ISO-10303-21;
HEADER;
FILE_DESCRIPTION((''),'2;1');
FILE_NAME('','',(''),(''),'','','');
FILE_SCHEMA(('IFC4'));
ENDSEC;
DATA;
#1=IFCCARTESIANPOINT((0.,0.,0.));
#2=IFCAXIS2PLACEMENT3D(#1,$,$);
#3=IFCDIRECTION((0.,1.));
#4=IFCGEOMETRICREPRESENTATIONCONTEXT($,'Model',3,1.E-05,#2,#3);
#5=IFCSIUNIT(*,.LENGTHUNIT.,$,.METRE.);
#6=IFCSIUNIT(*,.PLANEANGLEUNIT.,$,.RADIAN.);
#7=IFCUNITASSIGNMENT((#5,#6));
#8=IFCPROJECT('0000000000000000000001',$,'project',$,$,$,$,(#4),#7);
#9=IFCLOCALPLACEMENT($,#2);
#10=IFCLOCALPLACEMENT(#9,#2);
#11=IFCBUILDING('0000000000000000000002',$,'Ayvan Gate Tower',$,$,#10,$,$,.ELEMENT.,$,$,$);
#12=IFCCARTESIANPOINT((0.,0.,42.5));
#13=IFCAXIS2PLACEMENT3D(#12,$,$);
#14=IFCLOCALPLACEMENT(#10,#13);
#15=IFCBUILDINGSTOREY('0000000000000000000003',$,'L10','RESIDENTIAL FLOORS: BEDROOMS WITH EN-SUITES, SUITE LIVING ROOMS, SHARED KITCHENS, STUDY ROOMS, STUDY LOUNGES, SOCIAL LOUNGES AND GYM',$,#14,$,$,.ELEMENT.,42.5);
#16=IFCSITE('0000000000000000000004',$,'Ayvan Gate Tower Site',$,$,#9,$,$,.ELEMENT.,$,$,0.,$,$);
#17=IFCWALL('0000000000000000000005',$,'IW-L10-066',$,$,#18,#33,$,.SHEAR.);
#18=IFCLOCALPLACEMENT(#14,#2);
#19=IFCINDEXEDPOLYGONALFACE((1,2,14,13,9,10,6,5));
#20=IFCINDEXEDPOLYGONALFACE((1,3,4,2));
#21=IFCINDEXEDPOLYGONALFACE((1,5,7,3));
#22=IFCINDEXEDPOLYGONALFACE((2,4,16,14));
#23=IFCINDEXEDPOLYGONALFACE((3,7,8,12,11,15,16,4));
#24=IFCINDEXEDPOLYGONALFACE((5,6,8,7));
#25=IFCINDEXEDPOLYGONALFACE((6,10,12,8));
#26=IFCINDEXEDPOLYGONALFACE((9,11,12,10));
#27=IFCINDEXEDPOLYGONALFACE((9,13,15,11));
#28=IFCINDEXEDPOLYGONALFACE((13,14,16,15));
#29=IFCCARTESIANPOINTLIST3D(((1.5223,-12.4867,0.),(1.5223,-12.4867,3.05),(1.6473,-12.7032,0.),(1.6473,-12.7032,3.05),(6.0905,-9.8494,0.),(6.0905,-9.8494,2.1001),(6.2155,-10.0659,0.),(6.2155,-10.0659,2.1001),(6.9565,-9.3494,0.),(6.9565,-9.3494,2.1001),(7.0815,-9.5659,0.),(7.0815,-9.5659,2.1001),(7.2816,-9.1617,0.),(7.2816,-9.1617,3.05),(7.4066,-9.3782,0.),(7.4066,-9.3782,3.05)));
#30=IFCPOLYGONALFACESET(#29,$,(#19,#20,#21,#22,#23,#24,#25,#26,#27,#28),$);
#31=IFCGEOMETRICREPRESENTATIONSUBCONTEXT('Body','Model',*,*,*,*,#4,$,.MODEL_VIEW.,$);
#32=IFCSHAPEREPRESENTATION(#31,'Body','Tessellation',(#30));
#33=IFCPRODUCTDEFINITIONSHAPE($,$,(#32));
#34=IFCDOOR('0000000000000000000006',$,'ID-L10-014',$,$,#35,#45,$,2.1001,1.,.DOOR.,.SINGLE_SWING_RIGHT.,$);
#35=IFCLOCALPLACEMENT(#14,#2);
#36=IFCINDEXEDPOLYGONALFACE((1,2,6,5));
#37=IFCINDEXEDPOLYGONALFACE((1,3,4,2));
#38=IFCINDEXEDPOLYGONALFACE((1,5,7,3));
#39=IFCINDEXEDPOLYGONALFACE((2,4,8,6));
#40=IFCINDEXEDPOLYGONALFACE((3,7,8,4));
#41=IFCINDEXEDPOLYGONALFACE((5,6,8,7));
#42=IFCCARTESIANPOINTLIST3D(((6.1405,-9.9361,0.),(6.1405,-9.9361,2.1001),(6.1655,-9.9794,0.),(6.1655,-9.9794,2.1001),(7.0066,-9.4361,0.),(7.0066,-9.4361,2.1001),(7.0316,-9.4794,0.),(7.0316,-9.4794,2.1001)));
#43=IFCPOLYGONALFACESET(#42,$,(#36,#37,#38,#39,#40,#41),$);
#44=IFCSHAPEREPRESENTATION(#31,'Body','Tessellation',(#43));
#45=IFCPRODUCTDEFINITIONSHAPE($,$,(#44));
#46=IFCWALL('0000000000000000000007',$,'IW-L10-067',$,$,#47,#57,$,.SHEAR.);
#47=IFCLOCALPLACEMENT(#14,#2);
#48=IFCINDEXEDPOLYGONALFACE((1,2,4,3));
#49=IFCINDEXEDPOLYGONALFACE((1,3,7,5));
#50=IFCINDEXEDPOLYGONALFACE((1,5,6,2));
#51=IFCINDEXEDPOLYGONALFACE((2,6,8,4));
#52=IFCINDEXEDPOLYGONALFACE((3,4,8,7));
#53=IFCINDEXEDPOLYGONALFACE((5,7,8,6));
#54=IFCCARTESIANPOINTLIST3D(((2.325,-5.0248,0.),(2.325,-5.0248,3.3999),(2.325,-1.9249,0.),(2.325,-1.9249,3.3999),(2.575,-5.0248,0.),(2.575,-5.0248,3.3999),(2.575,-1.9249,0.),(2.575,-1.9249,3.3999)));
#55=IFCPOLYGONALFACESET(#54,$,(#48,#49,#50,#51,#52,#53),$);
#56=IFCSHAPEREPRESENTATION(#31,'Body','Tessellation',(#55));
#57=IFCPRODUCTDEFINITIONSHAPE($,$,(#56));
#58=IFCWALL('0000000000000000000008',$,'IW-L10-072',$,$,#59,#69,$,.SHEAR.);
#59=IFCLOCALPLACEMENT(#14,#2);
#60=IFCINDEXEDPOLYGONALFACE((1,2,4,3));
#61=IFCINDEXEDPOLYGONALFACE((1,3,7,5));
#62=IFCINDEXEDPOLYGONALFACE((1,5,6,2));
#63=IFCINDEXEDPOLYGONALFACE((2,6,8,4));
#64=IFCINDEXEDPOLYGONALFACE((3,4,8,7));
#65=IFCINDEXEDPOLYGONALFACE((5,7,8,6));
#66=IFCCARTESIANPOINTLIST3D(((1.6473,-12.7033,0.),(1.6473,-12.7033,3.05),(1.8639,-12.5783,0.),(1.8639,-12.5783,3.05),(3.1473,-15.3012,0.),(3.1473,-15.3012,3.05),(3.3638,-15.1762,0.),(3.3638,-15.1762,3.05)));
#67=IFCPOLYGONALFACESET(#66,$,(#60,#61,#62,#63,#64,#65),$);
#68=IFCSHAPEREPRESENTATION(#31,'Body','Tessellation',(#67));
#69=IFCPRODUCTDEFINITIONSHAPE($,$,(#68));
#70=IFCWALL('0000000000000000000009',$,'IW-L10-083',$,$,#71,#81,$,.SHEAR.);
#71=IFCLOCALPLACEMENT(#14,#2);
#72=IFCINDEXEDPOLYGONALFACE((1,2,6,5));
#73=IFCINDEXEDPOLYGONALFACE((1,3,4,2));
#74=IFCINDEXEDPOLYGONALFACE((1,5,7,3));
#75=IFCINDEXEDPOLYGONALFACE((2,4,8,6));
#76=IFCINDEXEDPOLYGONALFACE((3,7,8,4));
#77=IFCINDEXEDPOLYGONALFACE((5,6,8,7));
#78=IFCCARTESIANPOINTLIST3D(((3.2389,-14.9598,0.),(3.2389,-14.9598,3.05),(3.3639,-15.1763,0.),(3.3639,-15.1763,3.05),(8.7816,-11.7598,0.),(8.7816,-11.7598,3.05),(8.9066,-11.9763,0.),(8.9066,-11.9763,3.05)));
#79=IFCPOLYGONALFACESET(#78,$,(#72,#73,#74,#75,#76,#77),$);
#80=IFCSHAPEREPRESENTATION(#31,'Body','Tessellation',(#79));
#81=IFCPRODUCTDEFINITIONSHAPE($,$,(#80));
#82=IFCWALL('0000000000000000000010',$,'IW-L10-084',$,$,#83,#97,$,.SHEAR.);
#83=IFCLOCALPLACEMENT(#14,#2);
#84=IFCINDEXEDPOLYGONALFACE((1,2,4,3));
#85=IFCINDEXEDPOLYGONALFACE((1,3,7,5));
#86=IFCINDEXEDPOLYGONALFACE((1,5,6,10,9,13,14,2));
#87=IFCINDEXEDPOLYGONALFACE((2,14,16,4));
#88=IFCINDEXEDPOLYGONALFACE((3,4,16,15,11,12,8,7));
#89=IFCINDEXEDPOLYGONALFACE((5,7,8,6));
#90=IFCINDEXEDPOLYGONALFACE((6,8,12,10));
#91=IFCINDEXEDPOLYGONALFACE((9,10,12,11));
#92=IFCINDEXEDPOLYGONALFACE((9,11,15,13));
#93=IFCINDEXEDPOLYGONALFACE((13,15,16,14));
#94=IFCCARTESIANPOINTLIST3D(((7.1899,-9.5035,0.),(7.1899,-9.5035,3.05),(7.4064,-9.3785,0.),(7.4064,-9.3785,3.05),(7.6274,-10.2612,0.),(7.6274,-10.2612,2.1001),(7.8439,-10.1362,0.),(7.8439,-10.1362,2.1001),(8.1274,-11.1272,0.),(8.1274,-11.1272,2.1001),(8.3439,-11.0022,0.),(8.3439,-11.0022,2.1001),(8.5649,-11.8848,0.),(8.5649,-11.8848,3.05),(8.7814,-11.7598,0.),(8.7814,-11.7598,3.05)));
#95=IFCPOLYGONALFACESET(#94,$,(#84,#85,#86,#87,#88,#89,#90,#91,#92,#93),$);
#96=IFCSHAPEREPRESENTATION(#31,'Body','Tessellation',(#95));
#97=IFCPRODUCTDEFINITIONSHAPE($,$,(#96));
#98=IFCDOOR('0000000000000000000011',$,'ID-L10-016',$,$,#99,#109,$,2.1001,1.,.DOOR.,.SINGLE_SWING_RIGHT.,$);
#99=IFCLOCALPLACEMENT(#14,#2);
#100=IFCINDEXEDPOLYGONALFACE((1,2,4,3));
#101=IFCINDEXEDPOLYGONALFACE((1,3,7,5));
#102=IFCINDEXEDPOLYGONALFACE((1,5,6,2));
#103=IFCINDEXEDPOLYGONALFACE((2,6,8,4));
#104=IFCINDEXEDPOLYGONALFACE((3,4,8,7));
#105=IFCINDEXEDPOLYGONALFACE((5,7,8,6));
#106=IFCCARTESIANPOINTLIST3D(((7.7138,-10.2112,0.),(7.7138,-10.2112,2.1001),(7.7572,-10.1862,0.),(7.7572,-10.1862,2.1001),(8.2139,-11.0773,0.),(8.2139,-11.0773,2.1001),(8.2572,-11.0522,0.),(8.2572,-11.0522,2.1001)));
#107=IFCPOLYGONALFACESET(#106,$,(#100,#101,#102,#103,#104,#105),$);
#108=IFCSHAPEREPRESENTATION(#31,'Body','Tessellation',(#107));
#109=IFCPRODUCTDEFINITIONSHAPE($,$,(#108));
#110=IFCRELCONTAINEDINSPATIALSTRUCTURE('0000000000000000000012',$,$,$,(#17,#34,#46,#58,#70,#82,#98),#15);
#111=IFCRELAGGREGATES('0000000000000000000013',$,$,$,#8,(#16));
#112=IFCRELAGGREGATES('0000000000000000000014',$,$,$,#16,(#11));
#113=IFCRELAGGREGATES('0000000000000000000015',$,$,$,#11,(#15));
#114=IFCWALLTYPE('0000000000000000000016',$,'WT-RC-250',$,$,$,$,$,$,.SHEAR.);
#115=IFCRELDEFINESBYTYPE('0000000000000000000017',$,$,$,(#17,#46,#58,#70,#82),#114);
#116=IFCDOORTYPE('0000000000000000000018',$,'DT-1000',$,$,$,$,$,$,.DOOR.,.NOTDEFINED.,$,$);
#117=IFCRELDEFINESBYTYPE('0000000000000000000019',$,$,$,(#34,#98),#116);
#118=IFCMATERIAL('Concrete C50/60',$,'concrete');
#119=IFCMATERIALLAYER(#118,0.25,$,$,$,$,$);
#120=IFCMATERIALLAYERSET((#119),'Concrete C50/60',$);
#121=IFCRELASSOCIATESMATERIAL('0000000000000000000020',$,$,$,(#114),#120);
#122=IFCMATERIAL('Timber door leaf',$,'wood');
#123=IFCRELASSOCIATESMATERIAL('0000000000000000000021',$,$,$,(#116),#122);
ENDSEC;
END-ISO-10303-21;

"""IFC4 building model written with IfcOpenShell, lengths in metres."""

from ifc_helpers import new_model, si_unit, direction, frame, frame_2d, origin, place, context, subcontext, project, spatial, rectangle, extrude, material, layer, layer_set, type_object, element, fill, save


model = new_model("IFC4")

# Units and contexts
model_context = context("Model", 3, precision=1e-05, world=origin(), true_north=direction((0.0, 1.0)))
body_context = subcontext(model_context, "Body", "Model", "MODEL_VIEW")
ifc_project = project(units=[si_unit("LENGTHUNIT", "METRE"), si_unit("PLANEANGLEUNIT", "RADIAN")], contexts=[model_context])

# Site, building, storey
site_placement = place(None, origin())
site = spatial("IfcSite", under=ifc_project, at=site_placement, Name="Ayvan Gate Tower Site", CompositionType="ELEMENT", RefElevation=0.0)
building_placement = place(site_placement, origin())
building = spatial("IfcBuilding", under=site, at=building_placement, Name="Ayvan Gate Tower", CompositionType="ELEMENT")
storey_placement = place(building_placement, frame((0.0, 0.0, 42.5)))
storey = spatial("IfcBuildingStorey", under=building, at=storey_placement, Name="L10", Description="RESIDENTIAL FLOORS: BEDROOMS WITH EN-SUITES, SUITE LIVING ROOMS, SHARED KITCHENS, STUDY ROOMS, STUDY LOUNGES, SOCIAL LOUNGES AND GYM", CompositionType="ELEMENT", Elevation=42.5)

# Shared definitions
ifc_material_1 = material(Name="Timber door leaf", Category="wood")

# Shared definitions
ifc_material_2 = material(Name="Concrete C50/60", Category="concrete")
ifc_layer_1 = layer(ifc_material_2, 0.25)
ifc_layer_set_1 = layer_set([ifc_layer_1], Name="Concrete C50/60")
wall_type_1 = type_object("IfcWallType", Name="WT-RC-250", PredefinedType="SHEAR", material=ifc_layer_set_1)

# Wall, opening, door
wall_1_placement = place(storey_placement, frame((1.5847, -12.595, 0.0), z_axis=(0.0, 0.0, 1.0), x_axis=(0.866036, 0.499981, 0.0)))
wall_1 = element("IfcWall", 1, at=wall_1_placement, inside=storey, type_object=wall_type_1, Name="IW-L10-066", PredefinedType="SHEAR", context=body_context, shape_type="SweptSolid", body=[
    extrude(rectangle(XDim=6.6501, YDim=0.25, at=frame_2d((3.3252, 0.0))), origin(), (0.0, 0.0, 1.0), 3.05),
])
opening_1_placement = place(wall_1_placement, frame((5.2749, 0.0, 0.0)))
opening_1 = element("IfcOpeningElement", 2, at=opening_1_placement, cuts=wall_1, PredefinedType="OPENING", context=body_context, shape_type="SweptSolid", body=[
    extrude(rectangle(XDim=1.0, YDim=2.1001, at=frame_2d((0.5, 1.05))), frame((0.0, 0.135, 0.0), z_axis=(0.0, -1.0, 0.0), x_axis=(1.0, 0.0, 0.0)), (0.0, 0.0, 1.0), 0.27),
])
door_type_1 = type_object("IfcDoorType", Name="DT-1000", OperationType="NOTDEFINED", PredefinedType="DOOR", material=ifc_material_1)
door_1_placement = place(opening_1_placement, origin())
door_1 = element("IfcDoor", 3, at=door_1_placement, inside=storey, type_object=door_type_1, Name="ID-L10-014", OperationType="SINGLE_SWING_RIGHT", OverallHeight=2.1001, OverallWidth=1.0, PredefinedType="DOOR", context=body_context, shape_type="SweptSolid", body=[
    extrude(rectangle(XDim=1.0, YDim=2.1001, at=frame_2d((0.5, 1.05))), frame((0.0, 0.0249, 0.0), z_axis=(0.0, -1.0, 0.0), x_axis=(1.0, 0.0, 0.0)), (0.0, 0.0, 1.0), 0.05),
])
fill(opening_1, door_1)

# Walls
wall_2_placement = place(storey_placement, frame((2.45, -1.925, 0.0), z_axis=(0.0, 0.0, 1.0), x_axis=(0.0, -1.0, 0.0)))
element("IfcWall", 4, at=wall_2_placement, inside=storey, type_object=wall_type_1, Name="IW-L10-067", PredefinedType="SHEAR", context=body_context, shape_type="SweptSolid", body=[
    extrude(rectangle(XDim=3.0999, YDim=0.25, at=frame_2d((1.5498, 0.0))), origin(), (0.0, 0.0, 1.0), 3.3999),
])
wall_3_placement = place(storey_placement, frame((3.2556, -15.2388, 0.0), z_axis=(0.0, 0.0, 1.0), x_axis=(-0.500025, 0.866011, 0.0)))
element("IfcWall", 5, at=wall_3_placement, inside=storey, type_object=wall_type_1, Name="IW-L10-072", PredefinedType="SHEAR", context=body_context, shape_type="SweptSolid", body=[
    extrude(rectangle(XDim=2.9998, YDim=0.25, at=frame_2d((1.5, 0.0))), origin(), (0.0, 0.0, 1.0), 3.05),
])
wall_4_placement = place(storey_placement, frame((3.3013, -15.0681, 0.0), z_axis=(0.0, 0.0, 1.0), x_axis=(0.866035, 0.499983, 0.0)))
element("IfcWall", 6, at=wall_4_placement, inside=storey, type_object=wall_type_1, Name="IW-L10-083", PredefinedType="SHEAR", context=body_context, shape_type="SweptSolid", body=[
    extrude(rectangle(XDim=6.4001, YDim=0.25, at=frame_2d((3.2002, 0.0))), origin(), (0.0, 0.0, 1.0), 3.05),
])

# Wall, opening, door
wall_5_placement = place(storey_placement, frame((7.2981, -9.4409, 0.0), z_axis=(0.0, 0.0, 1.0), x_axis=(0.500035, -0.866005, 0.0)))
wall_5 = element("IfcWall", 7, at=wall_5_placement, inside=storey, type_object=wall_type_1, Name="IW-L10-084", PredefinedType="SHEAR", context=body_context, shape_type="SweptSolid", body=[
    extrude(rectangle(XDim=2.7498, YDim=0.25, at=frame_2d((1.375, 0.0))), origin(), (0.0, 0.0, 1.0), 3.05),
])
opening_2_placement = place(wall_5_placement, frame((0.875, 0.0, 0.0)))
opening_2 = element("IfcOpeningElement", 8, at=opening_2_placement, cuts=wall_5, PredefinedType="OPENING", context=body_context, shape_type="SweptSolid", body=[
    extrude(rectangle(XDim=1.0, YDim=2.1001, at=frame_2d((0.5, 1.05))), frame((0.0, 0.135, 0.0), z_axis=(0.0, -1.0, 0.0), x_axis=(1.0, 0.0, 0.0)), (0.0, 0.0, 1.0), 0.27),
])
door_2_placement = place(opening_2_placement, origin())
door_2 = element("IfcDoor", 9, at=door_2_placement, inside=storey, type_object=door_type_1, Name="ID-L10-016", OperationType="SINGLE_SWING_RIGHT", OverallHeight=2.1001, OverallWidth=1.0, PredefinedType="DOOR", context=body_context, shape_type="SweptSolid", body=[
    extrude(rectangle(XDim=1.0, YDim=2.1001, at=frame_2d((0.5, 1.05))), frame((0.0, 0.0249, 0.0), z_axis=(0.0, -1.0, 0.0), x_axis=(1.0, 0.0, 0.0)), (0.0, 0.0, 1.0), 0.05),
])
fill(opening_2, door_2)

save(model, "model.ifc")
